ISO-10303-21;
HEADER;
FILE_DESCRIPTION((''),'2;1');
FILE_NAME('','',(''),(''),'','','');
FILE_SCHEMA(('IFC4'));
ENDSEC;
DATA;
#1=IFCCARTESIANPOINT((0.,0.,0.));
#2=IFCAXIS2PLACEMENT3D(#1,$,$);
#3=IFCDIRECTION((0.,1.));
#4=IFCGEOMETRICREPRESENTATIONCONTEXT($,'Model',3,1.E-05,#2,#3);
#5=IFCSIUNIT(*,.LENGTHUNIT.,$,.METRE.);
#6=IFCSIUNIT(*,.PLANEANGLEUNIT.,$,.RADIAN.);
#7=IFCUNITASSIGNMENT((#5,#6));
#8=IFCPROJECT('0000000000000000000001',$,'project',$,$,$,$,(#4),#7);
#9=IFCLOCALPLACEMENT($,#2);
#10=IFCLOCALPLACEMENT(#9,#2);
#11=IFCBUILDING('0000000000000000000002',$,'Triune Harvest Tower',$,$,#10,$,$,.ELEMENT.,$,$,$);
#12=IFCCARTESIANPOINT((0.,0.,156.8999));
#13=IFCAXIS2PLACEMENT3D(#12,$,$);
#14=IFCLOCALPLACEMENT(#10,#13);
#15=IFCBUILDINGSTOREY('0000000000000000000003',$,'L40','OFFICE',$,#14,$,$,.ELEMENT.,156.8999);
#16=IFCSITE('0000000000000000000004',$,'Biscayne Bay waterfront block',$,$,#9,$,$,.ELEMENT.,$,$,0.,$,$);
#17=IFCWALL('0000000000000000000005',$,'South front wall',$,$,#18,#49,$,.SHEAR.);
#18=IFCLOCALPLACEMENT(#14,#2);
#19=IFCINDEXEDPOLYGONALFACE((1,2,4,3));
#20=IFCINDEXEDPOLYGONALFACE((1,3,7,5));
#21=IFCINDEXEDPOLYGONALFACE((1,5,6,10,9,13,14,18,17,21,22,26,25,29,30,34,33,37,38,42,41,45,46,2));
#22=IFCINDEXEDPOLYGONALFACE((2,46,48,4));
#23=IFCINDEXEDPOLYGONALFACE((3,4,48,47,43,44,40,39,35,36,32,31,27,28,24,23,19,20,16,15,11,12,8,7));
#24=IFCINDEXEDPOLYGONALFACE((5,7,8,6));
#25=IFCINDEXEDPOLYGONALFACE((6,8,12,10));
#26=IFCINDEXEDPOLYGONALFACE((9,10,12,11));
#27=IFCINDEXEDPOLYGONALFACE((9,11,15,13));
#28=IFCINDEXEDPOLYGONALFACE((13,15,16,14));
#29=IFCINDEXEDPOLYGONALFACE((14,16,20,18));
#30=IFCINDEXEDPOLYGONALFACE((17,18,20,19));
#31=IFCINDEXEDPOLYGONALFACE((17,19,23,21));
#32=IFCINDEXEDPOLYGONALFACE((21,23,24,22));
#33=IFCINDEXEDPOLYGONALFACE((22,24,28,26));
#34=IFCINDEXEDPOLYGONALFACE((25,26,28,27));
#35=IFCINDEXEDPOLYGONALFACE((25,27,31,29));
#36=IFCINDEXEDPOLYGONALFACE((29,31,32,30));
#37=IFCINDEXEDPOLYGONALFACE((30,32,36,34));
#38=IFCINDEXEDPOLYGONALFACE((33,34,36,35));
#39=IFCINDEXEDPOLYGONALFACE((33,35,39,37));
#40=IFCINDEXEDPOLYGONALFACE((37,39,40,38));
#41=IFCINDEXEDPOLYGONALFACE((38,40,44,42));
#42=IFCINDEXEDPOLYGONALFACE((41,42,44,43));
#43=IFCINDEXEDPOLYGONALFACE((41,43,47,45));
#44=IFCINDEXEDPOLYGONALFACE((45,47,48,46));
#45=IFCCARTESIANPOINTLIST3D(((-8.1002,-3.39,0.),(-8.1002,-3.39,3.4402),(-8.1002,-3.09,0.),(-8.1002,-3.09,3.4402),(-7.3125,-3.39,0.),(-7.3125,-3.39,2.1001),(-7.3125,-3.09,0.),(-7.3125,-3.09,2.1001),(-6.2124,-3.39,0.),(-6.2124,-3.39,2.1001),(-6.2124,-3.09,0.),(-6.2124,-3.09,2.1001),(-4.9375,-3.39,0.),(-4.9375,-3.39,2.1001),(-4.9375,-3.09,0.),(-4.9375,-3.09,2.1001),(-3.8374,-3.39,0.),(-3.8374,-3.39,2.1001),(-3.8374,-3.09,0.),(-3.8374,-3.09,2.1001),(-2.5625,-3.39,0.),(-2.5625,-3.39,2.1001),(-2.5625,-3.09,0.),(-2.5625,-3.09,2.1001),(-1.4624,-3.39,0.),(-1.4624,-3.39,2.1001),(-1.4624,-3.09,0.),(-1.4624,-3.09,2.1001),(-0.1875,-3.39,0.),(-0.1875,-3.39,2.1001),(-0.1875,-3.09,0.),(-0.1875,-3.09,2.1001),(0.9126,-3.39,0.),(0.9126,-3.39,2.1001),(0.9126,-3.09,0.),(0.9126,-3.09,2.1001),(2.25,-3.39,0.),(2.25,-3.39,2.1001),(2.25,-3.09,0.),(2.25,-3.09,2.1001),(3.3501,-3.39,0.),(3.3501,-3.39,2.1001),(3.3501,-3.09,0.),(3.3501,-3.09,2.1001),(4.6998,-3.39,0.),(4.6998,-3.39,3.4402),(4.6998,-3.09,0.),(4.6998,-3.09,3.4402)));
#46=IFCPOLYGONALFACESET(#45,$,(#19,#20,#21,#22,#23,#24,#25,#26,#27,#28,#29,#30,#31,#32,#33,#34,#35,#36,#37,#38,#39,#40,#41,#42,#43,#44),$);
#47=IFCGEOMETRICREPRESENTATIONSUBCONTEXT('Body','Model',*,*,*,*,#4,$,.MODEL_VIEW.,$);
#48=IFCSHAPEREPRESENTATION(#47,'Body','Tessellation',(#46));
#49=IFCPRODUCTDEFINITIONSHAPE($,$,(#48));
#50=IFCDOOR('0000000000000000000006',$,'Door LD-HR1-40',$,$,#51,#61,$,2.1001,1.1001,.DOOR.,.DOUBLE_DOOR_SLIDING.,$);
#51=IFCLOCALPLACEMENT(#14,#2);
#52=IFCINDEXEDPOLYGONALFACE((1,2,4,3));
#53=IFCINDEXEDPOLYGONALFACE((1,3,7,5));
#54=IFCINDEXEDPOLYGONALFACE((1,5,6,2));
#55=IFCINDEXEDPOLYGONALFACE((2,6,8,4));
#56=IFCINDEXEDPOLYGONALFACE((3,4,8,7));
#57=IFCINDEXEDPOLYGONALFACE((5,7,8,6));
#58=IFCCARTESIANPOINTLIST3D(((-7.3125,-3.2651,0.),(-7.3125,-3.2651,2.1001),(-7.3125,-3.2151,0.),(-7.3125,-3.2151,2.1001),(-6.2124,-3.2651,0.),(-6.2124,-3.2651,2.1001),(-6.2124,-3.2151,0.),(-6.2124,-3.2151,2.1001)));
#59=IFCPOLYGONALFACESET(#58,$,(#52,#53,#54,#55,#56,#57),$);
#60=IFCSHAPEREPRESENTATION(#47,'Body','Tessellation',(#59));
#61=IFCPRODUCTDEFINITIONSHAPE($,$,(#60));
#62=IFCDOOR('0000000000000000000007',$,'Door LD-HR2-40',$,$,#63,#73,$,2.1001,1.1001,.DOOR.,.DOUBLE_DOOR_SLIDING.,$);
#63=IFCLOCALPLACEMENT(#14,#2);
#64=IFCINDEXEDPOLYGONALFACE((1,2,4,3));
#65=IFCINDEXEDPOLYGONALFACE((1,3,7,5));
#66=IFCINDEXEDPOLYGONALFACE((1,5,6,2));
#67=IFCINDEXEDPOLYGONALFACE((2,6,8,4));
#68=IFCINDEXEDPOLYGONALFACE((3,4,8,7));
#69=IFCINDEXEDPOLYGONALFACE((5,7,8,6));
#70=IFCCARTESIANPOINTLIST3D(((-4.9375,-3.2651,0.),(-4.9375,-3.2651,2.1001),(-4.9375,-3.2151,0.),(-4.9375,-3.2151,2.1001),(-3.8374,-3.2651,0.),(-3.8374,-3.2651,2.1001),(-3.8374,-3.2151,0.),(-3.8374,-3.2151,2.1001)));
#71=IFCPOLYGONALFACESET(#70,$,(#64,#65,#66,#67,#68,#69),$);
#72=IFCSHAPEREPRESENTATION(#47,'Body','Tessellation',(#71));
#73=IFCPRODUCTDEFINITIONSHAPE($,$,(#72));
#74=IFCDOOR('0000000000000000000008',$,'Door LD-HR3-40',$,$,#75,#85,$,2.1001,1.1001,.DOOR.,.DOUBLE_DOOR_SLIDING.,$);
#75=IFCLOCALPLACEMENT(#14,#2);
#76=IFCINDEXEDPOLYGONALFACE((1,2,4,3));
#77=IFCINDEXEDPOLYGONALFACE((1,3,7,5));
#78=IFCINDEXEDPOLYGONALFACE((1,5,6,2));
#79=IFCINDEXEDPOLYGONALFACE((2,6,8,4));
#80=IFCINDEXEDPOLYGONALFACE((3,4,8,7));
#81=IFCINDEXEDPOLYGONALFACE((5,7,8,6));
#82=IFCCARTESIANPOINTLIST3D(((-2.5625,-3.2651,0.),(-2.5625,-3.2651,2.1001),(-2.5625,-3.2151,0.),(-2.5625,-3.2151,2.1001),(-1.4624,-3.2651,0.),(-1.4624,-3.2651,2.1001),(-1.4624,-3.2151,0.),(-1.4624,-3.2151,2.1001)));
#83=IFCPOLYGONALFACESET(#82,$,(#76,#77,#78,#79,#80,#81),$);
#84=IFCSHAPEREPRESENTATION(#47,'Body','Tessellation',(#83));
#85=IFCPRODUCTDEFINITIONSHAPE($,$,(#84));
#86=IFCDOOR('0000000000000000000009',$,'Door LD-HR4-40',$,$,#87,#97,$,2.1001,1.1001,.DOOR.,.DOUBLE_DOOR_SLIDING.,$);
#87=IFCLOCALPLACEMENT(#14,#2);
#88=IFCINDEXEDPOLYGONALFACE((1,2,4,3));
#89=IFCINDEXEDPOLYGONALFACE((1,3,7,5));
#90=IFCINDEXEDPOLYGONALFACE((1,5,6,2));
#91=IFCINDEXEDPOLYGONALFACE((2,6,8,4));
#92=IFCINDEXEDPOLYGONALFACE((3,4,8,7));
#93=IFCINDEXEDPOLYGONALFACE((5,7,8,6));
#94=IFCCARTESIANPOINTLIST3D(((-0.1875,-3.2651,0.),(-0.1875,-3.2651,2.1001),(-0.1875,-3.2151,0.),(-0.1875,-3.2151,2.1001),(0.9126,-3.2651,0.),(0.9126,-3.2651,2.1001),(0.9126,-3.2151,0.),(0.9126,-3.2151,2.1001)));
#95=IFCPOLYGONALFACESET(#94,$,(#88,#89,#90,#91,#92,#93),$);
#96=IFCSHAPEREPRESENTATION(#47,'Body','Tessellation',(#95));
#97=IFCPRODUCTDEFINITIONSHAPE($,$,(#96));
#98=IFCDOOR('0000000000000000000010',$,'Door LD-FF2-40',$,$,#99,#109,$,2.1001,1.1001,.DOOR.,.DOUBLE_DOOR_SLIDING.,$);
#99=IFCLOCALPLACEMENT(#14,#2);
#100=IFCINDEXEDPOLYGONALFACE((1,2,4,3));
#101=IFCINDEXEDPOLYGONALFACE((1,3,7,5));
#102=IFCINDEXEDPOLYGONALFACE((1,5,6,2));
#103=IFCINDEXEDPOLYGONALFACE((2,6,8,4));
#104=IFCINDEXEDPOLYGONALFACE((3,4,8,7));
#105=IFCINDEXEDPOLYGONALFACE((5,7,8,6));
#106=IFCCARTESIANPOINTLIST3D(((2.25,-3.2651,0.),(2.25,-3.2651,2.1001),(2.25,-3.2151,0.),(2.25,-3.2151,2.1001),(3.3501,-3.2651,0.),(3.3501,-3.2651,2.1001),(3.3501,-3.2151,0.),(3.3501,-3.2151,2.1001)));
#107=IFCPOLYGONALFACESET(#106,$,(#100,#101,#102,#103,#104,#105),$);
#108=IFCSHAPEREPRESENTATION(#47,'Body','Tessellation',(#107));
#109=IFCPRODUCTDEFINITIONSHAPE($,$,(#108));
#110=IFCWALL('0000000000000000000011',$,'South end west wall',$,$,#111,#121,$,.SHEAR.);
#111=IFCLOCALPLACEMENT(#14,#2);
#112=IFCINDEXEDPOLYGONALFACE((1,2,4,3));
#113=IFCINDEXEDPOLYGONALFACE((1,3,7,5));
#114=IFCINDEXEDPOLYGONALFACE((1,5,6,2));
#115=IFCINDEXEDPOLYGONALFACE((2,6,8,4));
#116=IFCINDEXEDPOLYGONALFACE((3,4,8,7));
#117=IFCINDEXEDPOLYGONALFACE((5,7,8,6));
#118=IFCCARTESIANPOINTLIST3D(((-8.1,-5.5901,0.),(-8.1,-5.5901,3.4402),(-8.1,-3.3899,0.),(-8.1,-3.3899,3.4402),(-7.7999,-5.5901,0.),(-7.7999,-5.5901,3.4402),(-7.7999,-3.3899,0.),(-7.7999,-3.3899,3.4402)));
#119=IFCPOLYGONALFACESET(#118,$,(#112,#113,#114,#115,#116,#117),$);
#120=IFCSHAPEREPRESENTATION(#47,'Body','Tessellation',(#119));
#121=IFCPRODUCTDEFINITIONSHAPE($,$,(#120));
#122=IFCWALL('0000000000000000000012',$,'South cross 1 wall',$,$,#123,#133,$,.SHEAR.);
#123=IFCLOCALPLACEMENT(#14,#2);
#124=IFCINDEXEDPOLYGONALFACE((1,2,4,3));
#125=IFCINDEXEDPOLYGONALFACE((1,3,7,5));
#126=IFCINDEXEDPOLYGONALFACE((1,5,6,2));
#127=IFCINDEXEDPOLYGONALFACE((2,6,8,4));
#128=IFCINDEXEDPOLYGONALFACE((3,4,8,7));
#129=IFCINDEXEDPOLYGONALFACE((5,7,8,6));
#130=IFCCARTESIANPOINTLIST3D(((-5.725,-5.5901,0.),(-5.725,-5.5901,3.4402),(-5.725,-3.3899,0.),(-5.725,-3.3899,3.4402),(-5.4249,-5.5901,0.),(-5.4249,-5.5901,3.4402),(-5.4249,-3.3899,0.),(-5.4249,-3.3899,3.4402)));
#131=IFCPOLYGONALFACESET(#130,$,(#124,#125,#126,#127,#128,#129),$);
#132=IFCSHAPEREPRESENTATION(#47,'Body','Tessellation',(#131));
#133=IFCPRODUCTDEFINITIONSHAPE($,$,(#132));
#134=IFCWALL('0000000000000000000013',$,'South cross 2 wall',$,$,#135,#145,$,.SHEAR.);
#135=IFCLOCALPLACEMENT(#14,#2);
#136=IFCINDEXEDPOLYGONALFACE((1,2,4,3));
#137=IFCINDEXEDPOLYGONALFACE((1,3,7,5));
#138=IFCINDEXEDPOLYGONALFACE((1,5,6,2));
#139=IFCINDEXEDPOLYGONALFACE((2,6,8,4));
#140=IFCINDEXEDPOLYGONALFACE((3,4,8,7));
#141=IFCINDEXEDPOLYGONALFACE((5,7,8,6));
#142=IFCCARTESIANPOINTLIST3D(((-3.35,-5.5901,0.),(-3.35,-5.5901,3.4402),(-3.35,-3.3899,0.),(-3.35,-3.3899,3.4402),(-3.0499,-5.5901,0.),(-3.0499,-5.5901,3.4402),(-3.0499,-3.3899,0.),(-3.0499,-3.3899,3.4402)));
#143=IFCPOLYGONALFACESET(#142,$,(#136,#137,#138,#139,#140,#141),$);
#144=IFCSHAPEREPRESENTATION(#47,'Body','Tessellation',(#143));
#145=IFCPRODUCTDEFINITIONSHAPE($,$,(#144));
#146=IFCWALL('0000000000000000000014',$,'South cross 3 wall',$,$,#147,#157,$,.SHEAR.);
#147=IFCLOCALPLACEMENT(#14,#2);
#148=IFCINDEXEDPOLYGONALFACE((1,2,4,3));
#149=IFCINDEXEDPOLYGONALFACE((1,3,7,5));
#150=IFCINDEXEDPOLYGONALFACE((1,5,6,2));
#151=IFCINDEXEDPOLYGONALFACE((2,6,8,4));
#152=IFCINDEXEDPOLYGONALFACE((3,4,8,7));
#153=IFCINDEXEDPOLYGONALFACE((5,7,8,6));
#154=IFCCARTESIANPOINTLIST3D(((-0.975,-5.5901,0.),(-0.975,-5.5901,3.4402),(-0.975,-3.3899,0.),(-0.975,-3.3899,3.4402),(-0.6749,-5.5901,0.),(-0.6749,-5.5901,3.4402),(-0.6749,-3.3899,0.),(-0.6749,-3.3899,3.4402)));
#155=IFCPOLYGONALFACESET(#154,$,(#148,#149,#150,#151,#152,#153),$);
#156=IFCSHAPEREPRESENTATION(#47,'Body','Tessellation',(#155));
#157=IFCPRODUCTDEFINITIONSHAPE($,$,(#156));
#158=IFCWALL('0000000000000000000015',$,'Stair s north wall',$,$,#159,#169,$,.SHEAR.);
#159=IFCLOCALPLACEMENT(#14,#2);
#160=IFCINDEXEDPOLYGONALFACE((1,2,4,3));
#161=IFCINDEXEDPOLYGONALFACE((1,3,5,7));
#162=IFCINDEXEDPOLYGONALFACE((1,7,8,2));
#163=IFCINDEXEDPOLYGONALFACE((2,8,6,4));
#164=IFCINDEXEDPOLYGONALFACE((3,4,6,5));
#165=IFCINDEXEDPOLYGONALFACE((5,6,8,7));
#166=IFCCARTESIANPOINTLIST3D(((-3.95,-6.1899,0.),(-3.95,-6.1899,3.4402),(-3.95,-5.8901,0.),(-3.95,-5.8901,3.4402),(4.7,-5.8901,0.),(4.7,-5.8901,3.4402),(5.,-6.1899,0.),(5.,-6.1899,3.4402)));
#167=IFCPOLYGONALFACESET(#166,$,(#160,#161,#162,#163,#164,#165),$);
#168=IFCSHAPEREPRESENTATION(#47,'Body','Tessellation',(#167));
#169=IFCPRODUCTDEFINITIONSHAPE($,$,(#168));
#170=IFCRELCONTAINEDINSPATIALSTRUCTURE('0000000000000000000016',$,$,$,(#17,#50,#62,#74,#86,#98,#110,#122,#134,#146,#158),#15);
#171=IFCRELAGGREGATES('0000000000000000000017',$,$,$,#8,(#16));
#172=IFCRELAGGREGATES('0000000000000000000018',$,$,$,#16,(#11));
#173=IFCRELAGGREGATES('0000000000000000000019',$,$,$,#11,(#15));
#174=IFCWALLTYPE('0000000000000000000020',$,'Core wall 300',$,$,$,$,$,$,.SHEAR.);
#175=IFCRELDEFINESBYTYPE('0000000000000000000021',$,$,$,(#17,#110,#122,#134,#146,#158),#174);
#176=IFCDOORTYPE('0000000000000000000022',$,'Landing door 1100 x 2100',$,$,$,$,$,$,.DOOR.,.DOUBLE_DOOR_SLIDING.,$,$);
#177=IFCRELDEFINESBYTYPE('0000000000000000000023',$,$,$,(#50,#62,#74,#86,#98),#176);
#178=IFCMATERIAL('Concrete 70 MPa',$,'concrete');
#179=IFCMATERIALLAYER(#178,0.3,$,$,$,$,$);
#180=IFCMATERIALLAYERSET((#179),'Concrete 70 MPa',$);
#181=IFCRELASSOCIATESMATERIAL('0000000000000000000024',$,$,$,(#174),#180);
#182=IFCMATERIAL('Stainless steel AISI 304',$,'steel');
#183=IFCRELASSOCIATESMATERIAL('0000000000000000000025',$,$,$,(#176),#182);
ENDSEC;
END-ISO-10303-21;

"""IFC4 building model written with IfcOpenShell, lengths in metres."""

from ifc_helpers import new_model, si_unit, direction, frame, frame_2d, origin, place, context, subcontext, project, spatial, polyline, rectangle, outline, extrude, source, transform, mapped, material, layer, layer_set, type_object, element, fill, save


model = new_model("IFC4")

# Units and contexts
model_context = context("Model", 3, precision=1e-05, world=origin(), true_north=direction((0.0, 1.0)))
body_context = subcontext(model_context, "Body", "Model", "MODEL_VIEW")
ifc_project = project(units=[si_unit("LENGTHUNIT", "METRE"), si_unit("PLANEANGLEUNIT", "RADIAN")], contexts=[model_context])

# Site, building, storey
site_placement = place(None, origin())
site = spatial("IfcSite", under=ifc_project, at=site_placement, Name="Biscayne Bay waterfront block", CompositionType="ELEMENT", RefElevation=0.0)
building_placement = place(site_placement, origin())
building = spatial("IfcBuilding", under=site, at=building_placement, Name="Triune Harvest Tower", CompositionType="ELEMENT")
storey_placement = place(building_placement, frame((0.0, 0.0, 156.8999)))
storey = spatial("IfcBuildingStorey", under=building, at=storey_placement, Name="L40", Description="OFFICE", CompositionType="ELEMENT", Elevation=156.8999)

# Wall, openings, doors
ifc_material_1 = material(Name="Concrete 70 MPa", Category="concrete")
ifc_layer_1 = layer(ifc_material_1, 0.3)
ifc_layer_set_1 = layer_set([ifc_layer_1], Name="Concrete 70 MPa")
wall_type_1 = type_object("IfcWallType", Name="Core wall 300", PredefinedType="SHEAR", material=ifc_layer_set_1)
shared_shape_1 = source(origin(), body_context, "Body", "SweptSolid", [
    extrude(rectangle(XDim=12.8, YDim=0.3, at=frame_2d((6.3999, 0.0))), origin(), (0.0, 0.0, 1.0), 3.4402),
])
wall_1_placement = place(storey_placement, frame((-8.1001, -3.24, 0.0), z_axis=(0.0, 0.0, 1.0), x_axis=(1.0, 0.0, 0.0)))
wall_1 = element("IfcWall", 1, at=wall_1_placement, inside=storey, type_object=wall_type_1, Name="South front wall", PredefinedType="SHEAR", context=body_context, shape_type="MappedRepresentation", body=[
    mapped(shared_shape_1, transform((0.0, 0.0, 0.0), scale=1.0)),
])
opening_1_placement = place(wall_1_placement, frame((0.7876, 0.0, 0.0)))
opening_1 = element("IfcOpeningElement", 2, at=opening_1_placement, cuts=wall_1, PredefinedType="OPENING", context=body_context, shape_type="SweptSolid", body=[
    extrude(rectangle(XDim=1.1001, YDim=2.1001, at=frame_2d((0.55, 1.05))), frame((0.0, 0.1602, 0.0), z_axis=(0.0, -1.0, 0.0), x_axis=(1.0, 0.0, 0.0)), (0.0, 0.0, 1.0), 0.3201),
])
opening_2_placement = place(wall_1_placement, frame((3.1626, 0.0, 0.0)))
opening_2 = element("IfcOpeningElement", 3, at=opening_2_placement, cuts=wall_1, PredefinedType="OPENING", context=body_context, shape_type="SweptSolid", body=[
    extrude(rectangle(XDim=1.1001, YDim=2.1001, at=frame_2d((0.55, 1.05))), frame((0.0, 0.1602, 0.0), z_axis=(0.0, -1.0, 0.0), x_axis=(1.0, 0.0, 0.0)), (0.0, 0.0, 1.0), 0.3201),
])
opening_3_placement = place(wall_1_placement, frame((5.5376, 0.0, 0.0)))
opening_3 = element("IfcOpeningElement", 4, at=opening_3_placement, cuts=wall_1, PredefinedType="OPENING", context=body_context, shape_type="SweptSolid", body=[
    extrude(rectangle(XDim=1.1001, YDim=2.1001, at=frame_2d((0.55, 1.05))), frame((0.0, 0.1602, 0.0), z_axis=(0.0, -1.0, 0.0), x_axis=(1.0, 0.0, 0.0)), (0.0, 0.0, 1.0), 0.3201),
])
opening_4_placement = place(wall_1_placement, frame((7.9126, 0.0, 0.0)))
opening_4 = element("IfcOpeningElement", 5, at=opening_4_placement, cuts=wall_1, PredefinedType="OPENING", context=body_context, shape_type="SweptSolid", body=[
    extrude(rectangle(XDim=1.1001, YDim=2.1001, at=frame_2d((0.55, 1.05))), frame((0.0, 0.1602, 0.0), z_axis=(0.0, -1.0, 0.0), x_axis=(1.0, 0.0, 0.0)), (0.0, 0.0, 1.0), 0.3201),
])
opening_5_placement = place(wall_1_placement, frame((10.3501, 0.0, 0.0)))
opening_5 = element("IfcOpeningElement", 6, at=opening_5_placement, cuts=wall_1, PredefinedType="OPENING", context=body_context, shape_type="SweptSolid", body=[
    extrude(rectangle(XDim=1.1001, YDim=2.1001, at=frame_2d((0.55, 1.05))), frame((0.0, 0.1602, 0.0), z_axis=(0.0, -1.0, 0.0), x_axis=(1.0, 0.0, 0.0)), (0.0, 0.0, 1.0), 0.3201),
])
ifc_material_2 = material(Name="Stainless steel AISI 304", Category="steel")
door_type_1 = type_object("IfcDoorType", Name="Landing door 1100 x 2100", OperationType="DOUBLE_DOOR_SLIDING", PredefinedType="DOOR", material=ifc_material_2)
door_1_placement = place(opening_1_placement, origin())
door_1 = element("IfcDoor", 7, at=door_1_placement, inside=storey, type_object=door_type_1, Name="Door LD-HR1-40", OperationType="DOUBLE_DOOR_SLIDING", OverallHeight=2.1001, OverallWidth=1.1001, PredefinedType="DOOR", context=body_context, shape_type="SweptSolid", body=[
    extrude(rectangle(XDim=1.1001, YDim=2.1001, at=frame_2d((0.55, 1.05))), frame((0.0, 0.0249, 0.0), z_axis=(0.0, -1.0, 0.0), x_axis=(1.0, 0.0, 0.0)), (0.0, 0.0, 1.0), 0.05),
])
fill(opening_1, door_1)
door_2_placement = place(opening_2_placement, origin())
door_2 = element("IfcDoor", 8, at=door_2_placement, inside=storey, type_object=door_type_1, Name="Door LD-HR2-40", OperationType="DOUBLE_DOOR_SLIDING", OverallHeight=2.1001, OverallWidth=1.1001, PredefinedType="DOOR", context=body_context, shape_type="SweptSolid", body=[
    extrude(rectangle(XDim=1.1001, YDim=2.1001, at=frame_2d((0.55, 1.05))), frame((0.0, 0.0249, 0.0), z_axis=(0.0, -1.0, 0.0), x_axis=(1.0, 0.0, 0.0)), (0.0, 0.0, 1.0), 0.05),
])
fill(opening_2, door_2)
door_3_placement = place(opening_3_placement, origin())
door_3 = element("IfcDoor", 9, at=door_3_placement, inside=storey, type_object=door_type_1, Name="Door LD-HR3-40", OperationType="DOUBLE_DOOR_SLIDING", OverallHeight=2.1001, OverallWidth=1.1001, PredefinedType="DOOR", context=body_context, shape_type="SweptSolid", body=[
    extrude(rectangle(XDim=1.1001, YDim=2.1001, at=frame_2d((0.55, 1.05))), frame((0.0, 0.0249, 0.0), z_axis=(0.0, -1.0, 0.0), x_axis=(1.0, 0.0, 0.0)), (0.0, 0.0, 1.0), 0.05),
])
fill(opening_3, door_3)
door_4_placement = place(opening_4_placement, origin())
door_4 = element("IfcDoor", 10, at=door_4_placement, inside=storey, type_object=door_type_1, Name="Door LD-HR4-40", OperationType="DOUBLE_DOOR_SLIDING", OverallHeight=2.1001, OverallWidth=1.1001, PredefinedType="DOOR", context=body_context, shape_type="SweptSolid", body=[
    extrude(rectangle(XDim=1.1001, YDim=2.1001, at=frame_2d((0.55, 1.05))), frame((0.0, 0.0249, 0.0), z_axis=(0.0, -1.0, 0.0), x_axis=(1.0, 0.0, 0.0)), (0.0, 0.0, 1.0), 0.05),
])
fill(opening_4, door_4)
door_5_placement = place(opening_5_placement, origin())
door_5 = element("IfcDoor", 11, at=door_5_placement, inside=storey, type_object=door_type_1, Name="Door LD-FF2-40", OperationType="DOUBLE_DOOR_SLIDING", OverallHeight=2.1001, OverallWidth=1.1001, PredefinedType="DOOR", context=body_context, shape_type="SweptSolid", body=[
    extrude(rectangle(XDim=1.1001, YDim=2.1001, at=frame_2d((0.55, 1.05))), frame((0.0, 0.0249, 0.0), z_axis=(0.0, -1.0, 0.0), x_axis=(1.0, 0.0, 0.0)), (0.0, 0.0, 1.0), 0.05),
])
fill(opening_5, door_5)

# Walls
shared_shape_2 = source(origin(), body_context, "Body", "SweptSolid", [
    extrude(rectangle(XDim=2.2002, YDim=0.3, at=frame_2d((1.1001, 0.0))), origin(), (0.0, 0.0, 1.0), 3.4402),
])
for number, where, z_axis, x_axis, name in (
    (12, (-7.95, -5.5901, 0.0), (0.0, 0.0, 1.0), (0.0, 1.0, 0.0), "South end west wall"),
    (13, (-5.575, -5.5901, 0.0), (0.0, 0.0, 1.0), (0.0, 1.0, 0.0), "South cross 1 wall"),
    (14, (-3.2, -5.5901, 0.0), (0.0, 0.0, 1.0), (0.0, 1.0, 0.0), "South cross 2 wall"),
    (15, (-0.825, -5.5901, 0.0), (0.0, 0.0, 1.0), (0.0, 1.0, 0.0), "South cross 3 wall"),
):
    element("IfcWall", number, at=place(storey_placement, frame(where, z_axis=z_axis, x_axis=x_axis)), inside=storey, type_object=wall_type_1, Name=name, PredefinedType="SHEAR", context=body_context, shape_type="MappedRepresentation", body=[
        mapped(shared_shape_2, transform((0.0, 0.0, 0.0), scale=1.0)),
    ])
shared_shape_3 = source(origin(), body_context, "Body", "SweptSolid", [
    extrude(outline(polyline([(0.0, -0.1499), (8.95, -0.1499), (8.6499, 0.1499), (0.0, 0.1499), (0.0, -0.1499)])), origin(), (0.0, 0.0, 1.0), 3.4402),
])
wall_2_placement = place(storey_placement, frame((-3.95, -6.04, 0.0), z_axis=(0.0, 0.0, 1.0), x_axis=(1.0, 0.0, 0.0)))
element("IfcWall", 16, at=wall_2_placement, inside=storey, type_object=wall_type_1, Name="Stair s north wall", PredefinedType="SHEAR", context=body_context, shape_type="MappedRepresentation", body=[
    mapped(shared_shape_3, transform((0.0, 0.0, 0.0), scale=1.0)),
])

save(model, "model.ifc")
